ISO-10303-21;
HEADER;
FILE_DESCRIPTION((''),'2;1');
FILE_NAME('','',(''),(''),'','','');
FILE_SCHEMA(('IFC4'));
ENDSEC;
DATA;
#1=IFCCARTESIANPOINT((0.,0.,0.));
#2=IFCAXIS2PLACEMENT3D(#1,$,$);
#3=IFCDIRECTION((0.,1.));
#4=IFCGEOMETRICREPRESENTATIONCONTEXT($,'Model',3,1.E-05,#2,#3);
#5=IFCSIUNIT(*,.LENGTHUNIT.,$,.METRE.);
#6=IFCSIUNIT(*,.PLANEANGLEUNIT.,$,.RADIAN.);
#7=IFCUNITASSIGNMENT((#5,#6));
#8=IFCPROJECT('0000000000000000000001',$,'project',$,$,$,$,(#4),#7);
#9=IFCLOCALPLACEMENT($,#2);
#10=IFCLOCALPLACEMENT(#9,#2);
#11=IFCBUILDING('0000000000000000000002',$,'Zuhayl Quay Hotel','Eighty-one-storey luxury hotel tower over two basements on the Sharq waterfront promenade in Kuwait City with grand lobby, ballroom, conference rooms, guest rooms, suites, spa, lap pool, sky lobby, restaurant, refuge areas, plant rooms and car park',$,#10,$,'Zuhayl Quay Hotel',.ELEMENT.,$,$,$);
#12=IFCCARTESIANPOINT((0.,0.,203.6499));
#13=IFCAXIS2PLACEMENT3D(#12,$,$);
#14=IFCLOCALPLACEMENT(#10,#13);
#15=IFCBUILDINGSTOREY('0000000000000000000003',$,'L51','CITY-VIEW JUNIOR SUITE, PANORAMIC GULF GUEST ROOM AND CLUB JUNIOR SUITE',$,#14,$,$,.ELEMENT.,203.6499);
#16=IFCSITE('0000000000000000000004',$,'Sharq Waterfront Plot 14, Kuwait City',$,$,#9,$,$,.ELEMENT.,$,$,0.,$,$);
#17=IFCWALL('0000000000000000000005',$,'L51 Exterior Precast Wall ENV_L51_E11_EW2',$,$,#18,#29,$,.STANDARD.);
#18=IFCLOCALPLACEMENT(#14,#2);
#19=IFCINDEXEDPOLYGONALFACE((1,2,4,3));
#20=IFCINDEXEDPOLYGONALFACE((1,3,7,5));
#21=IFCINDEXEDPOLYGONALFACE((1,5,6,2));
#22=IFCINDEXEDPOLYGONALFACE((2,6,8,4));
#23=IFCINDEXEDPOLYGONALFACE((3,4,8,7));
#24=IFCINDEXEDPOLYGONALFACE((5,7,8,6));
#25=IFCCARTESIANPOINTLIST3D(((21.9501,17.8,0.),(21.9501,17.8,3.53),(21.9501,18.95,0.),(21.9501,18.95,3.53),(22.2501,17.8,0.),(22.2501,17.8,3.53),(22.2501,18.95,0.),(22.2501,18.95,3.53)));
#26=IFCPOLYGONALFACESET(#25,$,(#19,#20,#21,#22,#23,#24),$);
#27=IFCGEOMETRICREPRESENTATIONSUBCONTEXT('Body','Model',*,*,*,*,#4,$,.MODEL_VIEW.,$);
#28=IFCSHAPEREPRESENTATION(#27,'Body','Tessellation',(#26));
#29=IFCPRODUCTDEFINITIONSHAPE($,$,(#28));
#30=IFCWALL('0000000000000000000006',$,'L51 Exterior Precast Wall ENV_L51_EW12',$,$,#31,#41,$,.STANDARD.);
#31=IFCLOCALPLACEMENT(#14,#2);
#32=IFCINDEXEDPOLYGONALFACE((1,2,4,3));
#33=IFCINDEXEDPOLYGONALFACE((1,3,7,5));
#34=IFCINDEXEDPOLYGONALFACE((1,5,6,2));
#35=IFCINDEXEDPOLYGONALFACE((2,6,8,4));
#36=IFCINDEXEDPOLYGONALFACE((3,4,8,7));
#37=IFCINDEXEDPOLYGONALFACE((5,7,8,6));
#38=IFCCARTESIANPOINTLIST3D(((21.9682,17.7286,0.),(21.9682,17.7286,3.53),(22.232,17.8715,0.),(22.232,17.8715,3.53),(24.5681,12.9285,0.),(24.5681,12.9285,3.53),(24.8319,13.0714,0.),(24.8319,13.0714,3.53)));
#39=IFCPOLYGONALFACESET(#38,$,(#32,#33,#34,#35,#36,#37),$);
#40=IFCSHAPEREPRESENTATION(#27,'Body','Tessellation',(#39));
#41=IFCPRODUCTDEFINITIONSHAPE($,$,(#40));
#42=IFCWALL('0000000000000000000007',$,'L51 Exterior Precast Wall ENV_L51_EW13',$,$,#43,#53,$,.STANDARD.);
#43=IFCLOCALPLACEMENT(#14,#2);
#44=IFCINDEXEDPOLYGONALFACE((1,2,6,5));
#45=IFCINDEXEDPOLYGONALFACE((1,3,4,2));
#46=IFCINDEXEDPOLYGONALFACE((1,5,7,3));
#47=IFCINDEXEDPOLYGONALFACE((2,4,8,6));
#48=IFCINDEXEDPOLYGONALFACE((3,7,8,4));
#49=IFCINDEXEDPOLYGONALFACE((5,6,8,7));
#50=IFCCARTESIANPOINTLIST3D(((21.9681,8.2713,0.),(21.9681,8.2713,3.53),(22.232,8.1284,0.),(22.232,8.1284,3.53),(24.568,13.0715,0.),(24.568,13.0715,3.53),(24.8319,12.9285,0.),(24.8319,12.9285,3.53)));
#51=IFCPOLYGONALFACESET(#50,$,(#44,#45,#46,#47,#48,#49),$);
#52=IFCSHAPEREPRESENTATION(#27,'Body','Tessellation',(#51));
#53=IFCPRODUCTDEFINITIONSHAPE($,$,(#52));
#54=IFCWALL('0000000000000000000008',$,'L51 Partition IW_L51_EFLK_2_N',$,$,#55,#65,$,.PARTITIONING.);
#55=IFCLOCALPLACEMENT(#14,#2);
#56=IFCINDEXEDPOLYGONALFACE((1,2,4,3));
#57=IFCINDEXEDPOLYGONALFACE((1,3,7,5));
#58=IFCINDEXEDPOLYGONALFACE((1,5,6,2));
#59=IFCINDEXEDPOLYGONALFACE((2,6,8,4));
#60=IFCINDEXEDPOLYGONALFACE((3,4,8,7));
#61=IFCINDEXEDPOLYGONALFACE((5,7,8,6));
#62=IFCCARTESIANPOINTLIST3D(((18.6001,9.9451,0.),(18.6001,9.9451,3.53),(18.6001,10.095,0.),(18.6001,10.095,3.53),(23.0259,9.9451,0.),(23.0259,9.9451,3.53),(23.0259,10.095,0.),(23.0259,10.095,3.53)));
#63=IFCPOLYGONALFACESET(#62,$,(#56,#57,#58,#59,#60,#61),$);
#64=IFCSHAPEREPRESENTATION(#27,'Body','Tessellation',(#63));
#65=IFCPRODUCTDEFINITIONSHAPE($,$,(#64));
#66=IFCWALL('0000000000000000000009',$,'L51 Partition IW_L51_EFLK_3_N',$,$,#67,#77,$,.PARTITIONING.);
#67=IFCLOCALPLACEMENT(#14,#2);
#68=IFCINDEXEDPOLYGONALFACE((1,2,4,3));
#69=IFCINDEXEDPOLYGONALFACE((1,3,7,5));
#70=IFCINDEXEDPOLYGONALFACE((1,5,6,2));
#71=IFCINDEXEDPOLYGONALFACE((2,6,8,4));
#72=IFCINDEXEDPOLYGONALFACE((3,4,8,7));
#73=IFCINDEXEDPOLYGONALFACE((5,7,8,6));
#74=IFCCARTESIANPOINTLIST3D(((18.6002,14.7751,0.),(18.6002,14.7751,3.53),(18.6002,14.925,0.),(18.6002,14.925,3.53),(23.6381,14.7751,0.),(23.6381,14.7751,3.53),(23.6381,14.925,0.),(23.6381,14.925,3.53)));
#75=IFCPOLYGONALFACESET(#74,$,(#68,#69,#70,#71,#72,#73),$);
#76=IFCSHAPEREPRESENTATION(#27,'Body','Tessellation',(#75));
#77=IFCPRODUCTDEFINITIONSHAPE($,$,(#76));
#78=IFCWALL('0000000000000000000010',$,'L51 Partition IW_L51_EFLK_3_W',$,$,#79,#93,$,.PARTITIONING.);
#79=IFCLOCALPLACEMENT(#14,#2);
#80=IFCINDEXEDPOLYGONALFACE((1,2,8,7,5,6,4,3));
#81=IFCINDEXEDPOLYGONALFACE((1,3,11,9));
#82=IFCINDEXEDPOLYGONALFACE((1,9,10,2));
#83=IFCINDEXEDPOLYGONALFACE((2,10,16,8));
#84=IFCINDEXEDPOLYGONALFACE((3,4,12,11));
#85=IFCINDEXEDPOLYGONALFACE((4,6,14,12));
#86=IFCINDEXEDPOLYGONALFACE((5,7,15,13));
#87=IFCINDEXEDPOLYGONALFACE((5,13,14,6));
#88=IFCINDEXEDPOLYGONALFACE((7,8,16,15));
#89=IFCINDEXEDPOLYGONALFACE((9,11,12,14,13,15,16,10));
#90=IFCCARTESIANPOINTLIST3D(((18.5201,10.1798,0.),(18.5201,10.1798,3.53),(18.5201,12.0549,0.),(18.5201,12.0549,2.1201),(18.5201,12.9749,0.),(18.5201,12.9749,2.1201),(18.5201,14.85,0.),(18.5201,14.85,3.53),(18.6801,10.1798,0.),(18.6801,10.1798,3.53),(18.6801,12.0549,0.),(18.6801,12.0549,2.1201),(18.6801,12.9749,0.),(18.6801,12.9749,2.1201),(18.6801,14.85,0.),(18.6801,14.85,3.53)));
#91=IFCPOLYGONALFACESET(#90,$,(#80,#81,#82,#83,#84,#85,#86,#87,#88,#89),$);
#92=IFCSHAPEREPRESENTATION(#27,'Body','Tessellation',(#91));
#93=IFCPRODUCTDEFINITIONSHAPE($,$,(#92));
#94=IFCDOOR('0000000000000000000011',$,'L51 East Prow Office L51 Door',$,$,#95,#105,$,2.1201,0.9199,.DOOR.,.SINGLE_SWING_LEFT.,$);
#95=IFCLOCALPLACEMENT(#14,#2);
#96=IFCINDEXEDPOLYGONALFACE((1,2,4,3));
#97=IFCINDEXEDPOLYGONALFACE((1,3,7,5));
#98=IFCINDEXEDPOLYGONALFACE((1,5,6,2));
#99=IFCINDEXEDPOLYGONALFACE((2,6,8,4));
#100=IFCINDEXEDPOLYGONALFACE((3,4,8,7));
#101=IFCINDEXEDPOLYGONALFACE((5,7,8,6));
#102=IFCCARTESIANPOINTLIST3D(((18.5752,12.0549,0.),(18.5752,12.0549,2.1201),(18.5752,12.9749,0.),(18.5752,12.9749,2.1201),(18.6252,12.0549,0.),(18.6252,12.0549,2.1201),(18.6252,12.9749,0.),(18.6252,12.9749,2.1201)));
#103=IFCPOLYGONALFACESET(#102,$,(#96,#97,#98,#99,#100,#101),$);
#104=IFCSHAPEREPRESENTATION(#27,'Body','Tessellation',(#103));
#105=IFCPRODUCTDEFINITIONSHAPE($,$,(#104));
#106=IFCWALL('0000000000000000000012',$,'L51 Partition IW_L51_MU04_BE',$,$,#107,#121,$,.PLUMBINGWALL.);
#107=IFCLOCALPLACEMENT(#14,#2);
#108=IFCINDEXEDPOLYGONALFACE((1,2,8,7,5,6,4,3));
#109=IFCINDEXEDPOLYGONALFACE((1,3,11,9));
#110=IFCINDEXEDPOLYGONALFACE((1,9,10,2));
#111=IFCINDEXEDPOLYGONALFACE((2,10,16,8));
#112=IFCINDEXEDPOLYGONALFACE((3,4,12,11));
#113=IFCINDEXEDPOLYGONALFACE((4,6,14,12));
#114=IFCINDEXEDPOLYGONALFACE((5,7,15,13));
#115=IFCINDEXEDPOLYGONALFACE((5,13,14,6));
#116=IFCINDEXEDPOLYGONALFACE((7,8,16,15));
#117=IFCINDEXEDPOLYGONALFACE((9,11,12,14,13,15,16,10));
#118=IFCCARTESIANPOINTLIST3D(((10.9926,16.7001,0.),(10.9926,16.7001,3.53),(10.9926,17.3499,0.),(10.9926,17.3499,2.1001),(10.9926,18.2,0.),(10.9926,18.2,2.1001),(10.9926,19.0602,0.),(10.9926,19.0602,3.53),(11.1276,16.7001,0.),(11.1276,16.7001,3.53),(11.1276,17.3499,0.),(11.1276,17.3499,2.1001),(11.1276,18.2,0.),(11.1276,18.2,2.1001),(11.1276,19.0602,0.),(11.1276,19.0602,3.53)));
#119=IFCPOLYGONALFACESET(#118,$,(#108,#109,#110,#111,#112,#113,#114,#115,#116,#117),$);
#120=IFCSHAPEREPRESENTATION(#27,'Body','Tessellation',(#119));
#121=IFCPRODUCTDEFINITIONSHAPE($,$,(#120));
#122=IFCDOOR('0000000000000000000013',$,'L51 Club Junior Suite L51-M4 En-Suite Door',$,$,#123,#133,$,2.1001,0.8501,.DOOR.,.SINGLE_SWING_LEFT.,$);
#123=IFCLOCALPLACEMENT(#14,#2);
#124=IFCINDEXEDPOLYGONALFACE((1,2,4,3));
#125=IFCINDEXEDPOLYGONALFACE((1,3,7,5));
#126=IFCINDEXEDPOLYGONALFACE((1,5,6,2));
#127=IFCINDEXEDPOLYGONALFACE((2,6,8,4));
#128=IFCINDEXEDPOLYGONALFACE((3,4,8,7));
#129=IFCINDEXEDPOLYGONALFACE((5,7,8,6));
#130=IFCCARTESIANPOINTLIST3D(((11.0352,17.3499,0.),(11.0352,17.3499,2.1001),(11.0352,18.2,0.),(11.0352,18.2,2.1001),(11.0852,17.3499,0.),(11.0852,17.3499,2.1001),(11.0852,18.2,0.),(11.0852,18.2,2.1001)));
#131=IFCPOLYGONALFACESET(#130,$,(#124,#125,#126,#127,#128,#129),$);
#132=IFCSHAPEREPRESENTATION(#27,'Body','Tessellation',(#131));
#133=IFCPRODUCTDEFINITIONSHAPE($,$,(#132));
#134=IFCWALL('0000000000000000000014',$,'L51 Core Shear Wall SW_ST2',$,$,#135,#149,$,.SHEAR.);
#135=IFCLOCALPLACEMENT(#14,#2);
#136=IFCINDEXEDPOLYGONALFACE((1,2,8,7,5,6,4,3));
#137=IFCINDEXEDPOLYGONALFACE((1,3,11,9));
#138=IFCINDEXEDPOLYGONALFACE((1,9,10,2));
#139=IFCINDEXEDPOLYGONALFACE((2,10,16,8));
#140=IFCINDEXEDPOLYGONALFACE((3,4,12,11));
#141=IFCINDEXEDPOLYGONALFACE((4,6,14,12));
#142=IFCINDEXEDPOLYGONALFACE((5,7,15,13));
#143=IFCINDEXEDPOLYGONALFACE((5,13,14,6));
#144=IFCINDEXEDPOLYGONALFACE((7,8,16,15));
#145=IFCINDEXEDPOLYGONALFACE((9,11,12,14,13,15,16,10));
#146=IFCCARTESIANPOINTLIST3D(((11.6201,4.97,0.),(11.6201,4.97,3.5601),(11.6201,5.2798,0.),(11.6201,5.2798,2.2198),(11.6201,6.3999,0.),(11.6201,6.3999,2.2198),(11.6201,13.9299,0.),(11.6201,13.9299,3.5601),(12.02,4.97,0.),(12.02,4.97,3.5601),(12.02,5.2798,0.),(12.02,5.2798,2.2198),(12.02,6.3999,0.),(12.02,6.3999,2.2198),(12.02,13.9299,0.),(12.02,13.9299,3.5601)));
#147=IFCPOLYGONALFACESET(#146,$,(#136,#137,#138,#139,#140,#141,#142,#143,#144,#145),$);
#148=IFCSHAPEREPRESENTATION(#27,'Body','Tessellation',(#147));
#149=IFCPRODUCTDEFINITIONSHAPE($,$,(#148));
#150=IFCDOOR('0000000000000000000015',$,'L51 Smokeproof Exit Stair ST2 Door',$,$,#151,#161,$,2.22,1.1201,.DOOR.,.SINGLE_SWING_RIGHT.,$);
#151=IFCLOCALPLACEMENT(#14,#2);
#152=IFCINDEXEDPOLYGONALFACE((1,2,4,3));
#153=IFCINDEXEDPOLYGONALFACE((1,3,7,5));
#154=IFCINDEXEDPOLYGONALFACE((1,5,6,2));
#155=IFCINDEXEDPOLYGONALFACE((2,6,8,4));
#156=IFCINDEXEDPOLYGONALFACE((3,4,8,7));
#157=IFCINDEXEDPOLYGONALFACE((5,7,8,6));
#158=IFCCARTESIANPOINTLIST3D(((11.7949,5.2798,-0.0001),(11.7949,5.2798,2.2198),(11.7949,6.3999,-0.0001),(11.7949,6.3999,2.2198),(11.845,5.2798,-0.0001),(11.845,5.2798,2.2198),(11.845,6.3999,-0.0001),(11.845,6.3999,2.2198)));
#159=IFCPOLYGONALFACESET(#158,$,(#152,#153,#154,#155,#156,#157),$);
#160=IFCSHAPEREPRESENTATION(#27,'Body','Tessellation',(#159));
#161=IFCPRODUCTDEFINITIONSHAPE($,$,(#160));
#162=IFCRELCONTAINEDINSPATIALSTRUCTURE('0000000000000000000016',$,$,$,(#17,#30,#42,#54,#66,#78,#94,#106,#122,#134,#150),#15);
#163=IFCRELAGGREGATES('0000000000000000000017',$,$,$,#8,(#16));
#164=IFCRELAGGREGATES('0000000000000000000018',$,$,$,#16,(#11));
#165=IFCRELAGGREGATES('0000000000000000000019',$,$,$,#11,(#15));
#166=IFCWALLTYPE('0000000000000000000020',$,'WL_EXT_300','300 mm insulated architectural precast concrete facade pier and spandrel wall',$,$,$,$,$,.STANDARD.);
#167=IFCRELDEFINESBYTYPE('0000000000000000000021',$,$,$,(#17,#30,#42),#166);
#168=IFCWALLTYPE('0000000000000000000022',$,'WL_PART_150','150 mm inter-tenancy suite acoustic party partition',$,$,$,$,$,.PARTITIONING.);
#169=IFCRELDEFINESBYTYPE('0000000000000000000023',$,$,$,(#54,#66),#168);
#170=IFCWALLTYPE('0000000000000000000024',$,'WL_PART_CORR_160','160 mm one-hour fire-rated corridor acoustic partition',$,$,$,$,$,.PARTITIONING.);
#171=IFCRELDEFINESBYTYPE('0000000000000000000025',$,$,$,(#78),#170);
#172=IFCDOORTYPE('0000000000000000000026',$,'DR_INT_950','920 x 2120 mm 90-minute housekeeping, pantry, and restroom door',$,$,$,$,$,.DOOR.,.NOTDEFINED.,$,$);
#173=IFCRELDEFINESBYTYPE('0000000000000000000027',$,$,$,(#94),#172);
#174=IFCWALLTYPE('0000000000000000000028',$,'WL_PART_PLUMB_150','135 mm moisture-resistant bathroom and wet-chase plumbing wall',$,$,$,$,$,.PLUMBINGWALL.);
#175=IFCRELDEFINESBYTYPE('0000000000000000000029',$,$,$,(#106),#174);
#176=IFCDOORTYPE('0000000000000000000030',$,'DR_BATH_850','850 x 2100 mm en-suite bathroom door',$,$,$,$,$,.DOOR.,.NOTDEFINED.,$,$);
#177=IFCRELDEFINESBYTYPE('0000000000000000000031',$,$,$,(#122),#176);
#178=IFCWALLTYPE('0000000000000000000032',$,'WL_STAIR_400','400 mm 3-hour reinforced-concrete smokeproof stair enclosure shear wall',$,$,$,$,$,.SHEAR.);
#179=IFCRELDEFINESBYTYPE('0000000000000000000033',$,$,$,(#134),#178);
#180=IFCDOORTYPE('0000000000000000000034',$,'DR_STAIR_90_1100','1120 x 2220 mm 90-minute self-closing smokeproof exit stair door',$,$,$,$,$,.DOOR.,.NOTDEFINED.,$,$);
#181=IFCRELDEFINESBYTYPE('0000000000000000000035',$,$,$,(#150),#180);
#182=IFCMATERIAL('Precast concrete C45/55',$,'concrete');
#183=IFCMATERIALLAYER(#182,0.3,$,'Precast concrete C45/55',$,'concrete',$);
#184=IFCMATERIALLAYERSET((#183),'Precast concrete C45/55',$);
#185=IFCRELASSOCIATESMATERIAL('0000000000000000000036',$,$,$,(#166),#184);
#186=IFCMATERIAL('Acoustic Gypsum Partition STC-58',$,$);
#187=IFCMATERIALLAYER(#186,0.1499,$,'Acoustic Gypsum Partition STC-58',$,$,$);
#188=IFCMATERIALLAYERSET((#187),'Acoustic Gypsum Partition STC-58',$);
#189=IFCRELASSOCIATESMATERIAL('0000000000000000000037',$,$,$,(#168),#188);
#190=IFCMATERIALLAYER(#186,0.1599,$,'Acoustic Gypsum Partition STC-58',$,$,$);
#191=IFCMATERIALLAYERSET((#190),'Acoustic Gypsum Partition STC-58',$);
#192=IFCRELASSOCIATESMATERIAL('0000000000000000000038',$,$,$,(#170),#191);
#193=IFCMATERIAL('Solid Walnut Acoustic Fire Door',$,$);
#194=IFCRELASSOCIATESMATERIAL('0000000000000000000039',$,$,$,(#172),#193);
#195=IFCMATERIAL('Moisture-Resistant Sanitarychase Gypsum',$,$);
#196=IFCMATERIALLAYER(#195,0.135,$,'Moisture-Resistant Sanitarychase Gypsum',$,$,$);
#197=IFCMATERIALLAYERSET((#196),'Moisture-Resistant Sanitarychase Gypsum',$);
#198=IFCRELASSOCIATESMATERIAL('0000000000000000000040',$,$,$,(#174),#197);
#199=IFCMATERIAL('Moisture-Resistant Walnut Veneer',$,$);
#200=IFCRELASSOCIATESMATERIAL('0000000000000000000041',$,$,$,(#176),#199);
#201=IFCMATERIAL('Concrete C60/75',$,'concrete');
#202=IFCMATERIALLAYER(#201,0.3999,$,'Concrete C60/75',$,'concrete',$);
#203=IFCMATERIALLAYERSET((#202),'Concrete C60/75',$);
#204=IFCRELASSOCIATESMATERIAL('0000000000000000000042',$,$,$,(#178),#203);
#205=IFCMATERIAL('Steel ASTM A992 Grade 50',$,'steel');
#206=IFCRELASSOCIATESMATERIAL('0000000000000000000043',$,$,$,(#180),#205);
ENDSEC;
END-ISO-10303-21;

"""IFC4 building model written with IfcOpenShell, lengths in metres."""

from ifc_helpers import new_model, si_unit, direction, frame, frame_2d, origin, place, context, subcontext, project, spatial, rectangle, extrude, material, layer, layer_set, type_object, element, fill, save


model = new_model("IFC4")

# Units and contexts
model_context = context("Model", 3, precision=1e-05, world=origin(), true_north=direction((0.0, 1.0)))
body_context = subcontext(model_context, "Body", "Model", "MODEL_VIEW")
ifc_project = project(units=[si_unit("LENGTHUNIT", "METRE"), si_unit("PLANEANGLEUNIT", "RADIAN")], contexts=[model_context])

# Site, building, storey
site_placement = place(None, origin())
site = spatial("IfcSite", under=ifc_project, at=site_placement, Name="Sharq Waterfront Plot 14, Kuwait City", CompositionType="ELEMENT", RefElevation=0.0)
building_placement = place(site_placement, origin())
building = spatial("IfcBuilding", under=site, at=building_placement, Name="Zuhayl Quay Hotel", Description="Eighty-one-storey luxury hotel tower over two basements on the Sharq waterfront promenade in Kuwait City with grand lobby, ballroom, conference rooms, guest rooms, suites, spa, lap pool, sky lobby, restaurant, refuge areas, plant rooms and car park", LongName="Zuhayl Quay Hotel", CompositionType="ELEMENT")
storey_placement = place(building_placement, frame((0.0, 0.0, 203.6499)))
storey = spatial("IfcBuildingStorey", under=building, at=storey_placement, Name="L51", Description="CITY-VIEW JUNIOR SUITE, PANORAMIC GULF GUEST ROOM AND CLUB JUNIOR SUITE", CompositionType="ELEMENT", Elevation=203.6499)

# Shared definitions
ifc_material_1 = material(Name="Concrete C60/75", Category="concrete")

# Shared definitions
ifc_material_2 = material(Name="Steel ASTM A992 Grade 50", Category="steel")

# Walls
ifc_material_3 = material(Name="Precast concrete C45/55", Category="concrete")
ifc_layer_1 = layer(ifc_material_3, 0.3, Name="Precast concrete C45/55", Category="concrete")
ifc_layer_set_1 = layer_set([ifc_layer_1], Name="Precast concrete C45/55")
wall_type_1 = type_object("IfcWallType", Name="WL_EXT_300", Description="300 mm insulated architectural precast concrete facade pier and spandrel wall", PredefinedType="STANDARD", material=ifc_layer_set_1)
wall_1_placement = place(storey_placement, frame((22.1001, 18.95, 0.0), z_axis=(0.0, 0.0, 1.0), x_axis=(0.0, -1.0, 0.0)))
element("IfcWall", 1, at=wall_1_placement, inside=storey, type_object=wall_type_1, Name="L51 Exterior Precast Wall ENV_L51_E11_EW2", PredefinedType="STANDARD", context=body_context, shape_type="SweptSolid", body=[
    extrude(rectangle(XDim=1.1499, YDim=0.3, at=frame_2d((0.575, 0.0))), origin(), (0.0, 0.0, 1.0), 3.53),
])
for number, where, z_axis, x_axis, name in (
    (2, (22.1001, 17.8, 0.0), (0.0, 0.0, 1.0), (0.476259, -0.879305, 0.0), "L51 Exterior Precast Wall ENV_L51_EW12"),
    (3, (24.7, 13.0, 0.0), (0.0, 0.0, 1.0), (-0.476259, -0.879305, 0.0), "L51 Exterior Precast Wall ENV_L51_EW13"),
):
    element("IfcWall", number, at=place(storey_placement, frame(where, z_axis=z_axis, x_axis=x_axis)), inside=storey, type_object=wall_type_1, Name=name, PredefinedType="STANDARD", context=body_context, shape_type="SweptSolid", body=[
        extrude(rectangle(XDim=5.459, YDim=0.3, at=frame_2d((2.7295, 0.0))), origin(), (0.0, 0.0, 1.0), 3.53),
    ])
ifc_material_4 = material(Name="Acoustic Gypsum Partition STC-58")
ifc_layer_2 = layer(ifc_material_4, 0.1499, Name="Acoustic Gypsum Partition STC-58")
ifc_layer_set_2 = layer_set([ifc_layer_2], Name="Acoustic Gypsum Partition STC-58")
wall_type_2 = type_object("IfcWallType", Name="WL_PART_150", Description="150 mm inter-tenancy suite acoustic party partition", PredefinedType="PARTITIONING", material=ifc_layer_set_2)
wall_2_placement = place(storey_placement, frame((18.6001, 10.02, 0.0), z_axis=(0.0, 0.0, 1.0), x_axis=(1.0, 0.0, 0.0)))
element("IfcWall", 4, at=wall_2_placement, inside=storey, type_object=wall_type_2, Name="L51 Partition IW_L51_EFLK_2_N", PredefinedType="PARTITIONING", context=body_context, shape_type="SweptSolid", body=[
    extrude(rectangle(XDim=4.4258, YDim=0.1499, at=frame_2d((2.2129, 0.0))), origin(), (0.0, 0.0, 1.0), 3.53),
])
wall_3_placement = place(storey_placement, frame((18.6001, 14.8501, 0.0), z_axis=(0.0, 0.0, 1.0), x_axis=(1.0, 0.0, 0.0)))
element("IfcWall", 5, at=wall_3_placement, inside=storey, type_object=wall_type_2, Name="L51 Partition IW_L51_EFLK_3_N", PredefinedType="PARTITIONING", context=body_context, shape_type="SweptSolid", body=[
    extrude(rectangle(XDim=5.0378, YDim=0.1499, at=frame_2d((2.519, 0.0))), origin(), (0.0, 0.0, 1.0), 3.53),
])

# Walls, openings, doors
ifc_layer_3 = layer(ifc_material_4, 0.1599, Name="Acoustic Gypsum Partition STC-58")
ifc_layer_set_3 = layer_set([ifc_layer_3], Name="Acoustic Gypsum Partition STC-58")
wall_type_3 = type_object("IfcWallType", Name="WL_PART_CORR_160", Description="160 mm one-hour fire-rated corridor acoustic partition", PredefinedType="PARTITIONING", material=ifc_layer_set_3)
wall_4_placement = place(storey_placement, frame((18.6001, 10.1799, 0.0), z_axis=(0.0, 0.0, 1.0), x_axis=(0.0, 1.0, 0.0)))
wall_4 = element("IfcWall", 6, at=wall_4_placement, inside=storey, type_object=wall_type_3, Name="L51 Partition IW_L51_EFLK_3_W", PredefinedType="PARTITIONING", context=body_context, shape_type="SweptSolid", body=[
    extrude(rectangle(XDim=4.6702, YDim=0.1599, at=frame_2d((2.335, 0.0))), origin(), (0.0, 0.0, 1.0), 3.53),
])
opening_1_placement = place(wall_4_placement, frame((1.875, 0.0, 0.0)))
opening_1 = element("IfcOpeningElement", 7, at=opening_1_placement, cuts=wall_4, PredefinedType="OPENING", context=body_context, shape_type="SweptSolid", body=[
    extrude(rectangle(XDim=0.9199, YDim=2.1201, at=frame_2d((0.46, 1.0601))), frame((0.0, 0.0898, 0.0), z_axis=(0.0, -1.0, 0.0), x_axis=(1.0, 0.0, 0.0)), (0.0, 0.0, 1.0), 0.1799),
])
ifc_material_5 = material(Name="Solid Walnut Acoustic Fire Door")
door_type_1 = type_object("IfcDoorType", Name="DR_INT_950", Description="920 x 2120 mm 90-minute housekeeping, pantry, and restroom door", OperationType="NOTDEFINED", PredefinedType="DOOR", material=ifc_material_5)
door_1_placement = place(opening_1_placement, origin())
door_1 = element("IfcDoor", 8, at=door_1_placement, inside=storey, type_object=door_type_1, Name="L51 East Prow Office L51 Door", OperationType="SINGLE_SWING_LEFT", OverallHeight=2.1201, OverallWidth=0.9199, PredefinedType="DOOR", context=body_context, shape_type="SweptSolid", body=[
    extrude(rectangle(XDim=0.9199, YDim=2.1201, at=frame_2d((0.46, 1.0601))), frame((0.0, 0.0249, 0.0), z_axis=(0.0, -1.0, 0.0), x_axis=(1.0, 0.0, 0.0)), (0.0, 0.0, 1.0), 0.05),
])
fill(opening_1, door_1)
ifc_material_6 = material(Name="Moisture-Resistant Sanitarychase Gypsum")
ifc_layer_4 = layer(ifc_material_6, 0.135, Name="Moisture-Resistant Sanitarychase Gypsum")
ifc_layer_set_4 = layer_set([ifc_layer_4], Name="Moisture-Resistant Sanitarychase Gypsum")
wall_type_4 = type_object("IfcWallType", Name="WL_PART_PLUMB_150", Description="135 mm moisture-resistant bathroom and wet-chase plumbing wall", PredefinedType="PLUMBINGWALL", material=ifc_layer_set_4)
wall_5_placement = place(storey_placement, frame((11.0601, 16.7, 0.0), z_axis=(0.0, 0.0, 1.0), x_axis=(0.0, 1.0, 0.0)))
wall_5 = element("IfcWall", 9, at=wall_5_placement, inside=storey, type_object=wall_type_4, Name="L51 Partition IW_L51_MU04_BE", PredefinedType="PLUMBINGWALL", context=body_context, shape_type="SweptSolid", body=[
    extrude(rectangle(XDim=2.3601, YDim=0.135, at=frame_2d((1.1802, 0.0))), origin(), (0.0, 0.0, 1.0), 3.53),
])
opening_2_placement = place(wall_5_placement, frame((0.6499, 0.0, 0.0)))
opening_2 = element("IfcOpeningElement", 10, at=opening_2_placement, cuts=wall_5, PredefinedType="OPENING", context=body_context, shape_type="SweptSolid", body=[
    extrude(rectangle(XDim=0.8501, YDim=2.1001, at=frame_2d((0.425, 1.05))), frame((0.0, 0.0774, 0.0), z_axis=(0.0, -1.0, 0.0), x_axis=(1.0, 0.0, 0.0)), (0.0, 0.0, 1.0), 0.155),
])
ifc_material_7 = material(Name="Moisture-Resistant Walnut Veneer")
door_type_2 = type_object("IfcDoorType", Name="DR_BATH_850", Description="850 x 2100 mm en-suite bathroom door", OperationType="NOTDEFINED", PredefinedType="DOOR", material=ifc_material_7)
door_2_placement = place(opening_2_placement, origin())
door_2 = element("IfcDoor", 11, at=door_2_placement, inside=storey, type_object=door_type_2, Name="L51 Club Junior Suite L51-M4 En-Suite Door", OperationType="SINGLE_SWING_LEFT", OverallHeight=2.1001, OverallWidth=0.8501, PredefinedType="DOOR", context=body_context, shape_type="SweptSolid", body=[
    extrude(rectangle(XDim=0.8501, YDim=2.1001, at=frame_2d((0.425, 1.05))), frame((0.0, 0.0249, 0.0), z_axis=(0.0, -1.0, 0.0), x_axis=(1.0, 0.0, 0.0)), (0.0, 0.0, 1.0), 0.05),
])
fill(opening_2, door_2)
ifc_layer_5 = layer(ifc_material_1, 0.3999, Name="Concrete C60/75", Category="concrete")
ifc_layer_set_5 = layer_set([ifc_layer_5], Name="Concrete C60/75")
wall_type_5 = type_object("IfcWallType", Name="WL_STAIR_400", Description="400 mm 3-hour reinforced-concrete smokeproof stair enclosure shear wall", PredefinedType="SHEAR", material=ifc_layer_set_5)
wall_6_placement = place(storey_placement, frame((11.8201, 13.9299, 0.0), z_axis=(0.0, 0.0, 1.0), x_axis=(0.0, -1.0, 0.0)))
wall_6 = element("IfcWall", 12, at=wall_6_placement, inside=storey, type_object=wall_type_5, Name="L51 Core Shear Wall SW_ST2", PredefinedType="SHEAR", context=body_context, shape_type="SweptSolid", body=[
    extrude(rectangle(XDim=8.96, YDim=0.3999, at=frame_2d((4.48, 0.0))), origin(), (0.0, 0.0, 1.0), 3.5601),
])
opening_3_placement = place(wall_6_placement, frame((7.53, 0.0, 0.0)))
opening_3 = element("IfcOpeningElement", 13, at=opening_3_placement, cuts=wall_6, PredefinedType="OPENING", context=body_context, shape_type="SweptSolid", body=[
    extrude(rectangle(XDim=1.1201, YDim=2.22, at=frame_2d((0.5601, 1.1099))), frame((0.0, 0.21, 0.0), z_axis=(0.0, -1.0, 0.0), x_axis=(1.0, 0.0, 0.0)), (0.0, 0.0, 1.0), 0.4199),
])
door_type_3 = type_object("IfcDoorType", Name="DR_STAIR_90_1100", Description="1120 x 2220 mm 90-minute self-closing smokeproof exit stair door", OperationType="NOTDEFINED", PredefinedType="DOOR", material=ifc_material_2)
door_3_placement = place(opening_3_placement, origin())
door_3 = element("IfcDoor", 14, at=door_3_placement, inside=storey, type_object=door_type_3, Name="L51 Smokeproof Exit Stair ST2 Door", OperationType="SINGLE_SWING_RIGHT", OverallHeight=2.22, OverallWidth=1.1201, PredefinedType="DOOR", context=body_context, shape_type="SweptSolid", body=[
    extrude(rectangle(XDim=1.1201, YDim=2.22, at=frame_2d((0.5601, 1.1099))), frame((0.0, 0.0249, 0.0), z_axis=(0.0, -1.0, 0.0), x_axis=(1.0, 0.0, 0.0)), (0.0, 0.0, 1.0), 0.05),
])
fill(opening_3, door_3)

save(model, "model.ifc")
